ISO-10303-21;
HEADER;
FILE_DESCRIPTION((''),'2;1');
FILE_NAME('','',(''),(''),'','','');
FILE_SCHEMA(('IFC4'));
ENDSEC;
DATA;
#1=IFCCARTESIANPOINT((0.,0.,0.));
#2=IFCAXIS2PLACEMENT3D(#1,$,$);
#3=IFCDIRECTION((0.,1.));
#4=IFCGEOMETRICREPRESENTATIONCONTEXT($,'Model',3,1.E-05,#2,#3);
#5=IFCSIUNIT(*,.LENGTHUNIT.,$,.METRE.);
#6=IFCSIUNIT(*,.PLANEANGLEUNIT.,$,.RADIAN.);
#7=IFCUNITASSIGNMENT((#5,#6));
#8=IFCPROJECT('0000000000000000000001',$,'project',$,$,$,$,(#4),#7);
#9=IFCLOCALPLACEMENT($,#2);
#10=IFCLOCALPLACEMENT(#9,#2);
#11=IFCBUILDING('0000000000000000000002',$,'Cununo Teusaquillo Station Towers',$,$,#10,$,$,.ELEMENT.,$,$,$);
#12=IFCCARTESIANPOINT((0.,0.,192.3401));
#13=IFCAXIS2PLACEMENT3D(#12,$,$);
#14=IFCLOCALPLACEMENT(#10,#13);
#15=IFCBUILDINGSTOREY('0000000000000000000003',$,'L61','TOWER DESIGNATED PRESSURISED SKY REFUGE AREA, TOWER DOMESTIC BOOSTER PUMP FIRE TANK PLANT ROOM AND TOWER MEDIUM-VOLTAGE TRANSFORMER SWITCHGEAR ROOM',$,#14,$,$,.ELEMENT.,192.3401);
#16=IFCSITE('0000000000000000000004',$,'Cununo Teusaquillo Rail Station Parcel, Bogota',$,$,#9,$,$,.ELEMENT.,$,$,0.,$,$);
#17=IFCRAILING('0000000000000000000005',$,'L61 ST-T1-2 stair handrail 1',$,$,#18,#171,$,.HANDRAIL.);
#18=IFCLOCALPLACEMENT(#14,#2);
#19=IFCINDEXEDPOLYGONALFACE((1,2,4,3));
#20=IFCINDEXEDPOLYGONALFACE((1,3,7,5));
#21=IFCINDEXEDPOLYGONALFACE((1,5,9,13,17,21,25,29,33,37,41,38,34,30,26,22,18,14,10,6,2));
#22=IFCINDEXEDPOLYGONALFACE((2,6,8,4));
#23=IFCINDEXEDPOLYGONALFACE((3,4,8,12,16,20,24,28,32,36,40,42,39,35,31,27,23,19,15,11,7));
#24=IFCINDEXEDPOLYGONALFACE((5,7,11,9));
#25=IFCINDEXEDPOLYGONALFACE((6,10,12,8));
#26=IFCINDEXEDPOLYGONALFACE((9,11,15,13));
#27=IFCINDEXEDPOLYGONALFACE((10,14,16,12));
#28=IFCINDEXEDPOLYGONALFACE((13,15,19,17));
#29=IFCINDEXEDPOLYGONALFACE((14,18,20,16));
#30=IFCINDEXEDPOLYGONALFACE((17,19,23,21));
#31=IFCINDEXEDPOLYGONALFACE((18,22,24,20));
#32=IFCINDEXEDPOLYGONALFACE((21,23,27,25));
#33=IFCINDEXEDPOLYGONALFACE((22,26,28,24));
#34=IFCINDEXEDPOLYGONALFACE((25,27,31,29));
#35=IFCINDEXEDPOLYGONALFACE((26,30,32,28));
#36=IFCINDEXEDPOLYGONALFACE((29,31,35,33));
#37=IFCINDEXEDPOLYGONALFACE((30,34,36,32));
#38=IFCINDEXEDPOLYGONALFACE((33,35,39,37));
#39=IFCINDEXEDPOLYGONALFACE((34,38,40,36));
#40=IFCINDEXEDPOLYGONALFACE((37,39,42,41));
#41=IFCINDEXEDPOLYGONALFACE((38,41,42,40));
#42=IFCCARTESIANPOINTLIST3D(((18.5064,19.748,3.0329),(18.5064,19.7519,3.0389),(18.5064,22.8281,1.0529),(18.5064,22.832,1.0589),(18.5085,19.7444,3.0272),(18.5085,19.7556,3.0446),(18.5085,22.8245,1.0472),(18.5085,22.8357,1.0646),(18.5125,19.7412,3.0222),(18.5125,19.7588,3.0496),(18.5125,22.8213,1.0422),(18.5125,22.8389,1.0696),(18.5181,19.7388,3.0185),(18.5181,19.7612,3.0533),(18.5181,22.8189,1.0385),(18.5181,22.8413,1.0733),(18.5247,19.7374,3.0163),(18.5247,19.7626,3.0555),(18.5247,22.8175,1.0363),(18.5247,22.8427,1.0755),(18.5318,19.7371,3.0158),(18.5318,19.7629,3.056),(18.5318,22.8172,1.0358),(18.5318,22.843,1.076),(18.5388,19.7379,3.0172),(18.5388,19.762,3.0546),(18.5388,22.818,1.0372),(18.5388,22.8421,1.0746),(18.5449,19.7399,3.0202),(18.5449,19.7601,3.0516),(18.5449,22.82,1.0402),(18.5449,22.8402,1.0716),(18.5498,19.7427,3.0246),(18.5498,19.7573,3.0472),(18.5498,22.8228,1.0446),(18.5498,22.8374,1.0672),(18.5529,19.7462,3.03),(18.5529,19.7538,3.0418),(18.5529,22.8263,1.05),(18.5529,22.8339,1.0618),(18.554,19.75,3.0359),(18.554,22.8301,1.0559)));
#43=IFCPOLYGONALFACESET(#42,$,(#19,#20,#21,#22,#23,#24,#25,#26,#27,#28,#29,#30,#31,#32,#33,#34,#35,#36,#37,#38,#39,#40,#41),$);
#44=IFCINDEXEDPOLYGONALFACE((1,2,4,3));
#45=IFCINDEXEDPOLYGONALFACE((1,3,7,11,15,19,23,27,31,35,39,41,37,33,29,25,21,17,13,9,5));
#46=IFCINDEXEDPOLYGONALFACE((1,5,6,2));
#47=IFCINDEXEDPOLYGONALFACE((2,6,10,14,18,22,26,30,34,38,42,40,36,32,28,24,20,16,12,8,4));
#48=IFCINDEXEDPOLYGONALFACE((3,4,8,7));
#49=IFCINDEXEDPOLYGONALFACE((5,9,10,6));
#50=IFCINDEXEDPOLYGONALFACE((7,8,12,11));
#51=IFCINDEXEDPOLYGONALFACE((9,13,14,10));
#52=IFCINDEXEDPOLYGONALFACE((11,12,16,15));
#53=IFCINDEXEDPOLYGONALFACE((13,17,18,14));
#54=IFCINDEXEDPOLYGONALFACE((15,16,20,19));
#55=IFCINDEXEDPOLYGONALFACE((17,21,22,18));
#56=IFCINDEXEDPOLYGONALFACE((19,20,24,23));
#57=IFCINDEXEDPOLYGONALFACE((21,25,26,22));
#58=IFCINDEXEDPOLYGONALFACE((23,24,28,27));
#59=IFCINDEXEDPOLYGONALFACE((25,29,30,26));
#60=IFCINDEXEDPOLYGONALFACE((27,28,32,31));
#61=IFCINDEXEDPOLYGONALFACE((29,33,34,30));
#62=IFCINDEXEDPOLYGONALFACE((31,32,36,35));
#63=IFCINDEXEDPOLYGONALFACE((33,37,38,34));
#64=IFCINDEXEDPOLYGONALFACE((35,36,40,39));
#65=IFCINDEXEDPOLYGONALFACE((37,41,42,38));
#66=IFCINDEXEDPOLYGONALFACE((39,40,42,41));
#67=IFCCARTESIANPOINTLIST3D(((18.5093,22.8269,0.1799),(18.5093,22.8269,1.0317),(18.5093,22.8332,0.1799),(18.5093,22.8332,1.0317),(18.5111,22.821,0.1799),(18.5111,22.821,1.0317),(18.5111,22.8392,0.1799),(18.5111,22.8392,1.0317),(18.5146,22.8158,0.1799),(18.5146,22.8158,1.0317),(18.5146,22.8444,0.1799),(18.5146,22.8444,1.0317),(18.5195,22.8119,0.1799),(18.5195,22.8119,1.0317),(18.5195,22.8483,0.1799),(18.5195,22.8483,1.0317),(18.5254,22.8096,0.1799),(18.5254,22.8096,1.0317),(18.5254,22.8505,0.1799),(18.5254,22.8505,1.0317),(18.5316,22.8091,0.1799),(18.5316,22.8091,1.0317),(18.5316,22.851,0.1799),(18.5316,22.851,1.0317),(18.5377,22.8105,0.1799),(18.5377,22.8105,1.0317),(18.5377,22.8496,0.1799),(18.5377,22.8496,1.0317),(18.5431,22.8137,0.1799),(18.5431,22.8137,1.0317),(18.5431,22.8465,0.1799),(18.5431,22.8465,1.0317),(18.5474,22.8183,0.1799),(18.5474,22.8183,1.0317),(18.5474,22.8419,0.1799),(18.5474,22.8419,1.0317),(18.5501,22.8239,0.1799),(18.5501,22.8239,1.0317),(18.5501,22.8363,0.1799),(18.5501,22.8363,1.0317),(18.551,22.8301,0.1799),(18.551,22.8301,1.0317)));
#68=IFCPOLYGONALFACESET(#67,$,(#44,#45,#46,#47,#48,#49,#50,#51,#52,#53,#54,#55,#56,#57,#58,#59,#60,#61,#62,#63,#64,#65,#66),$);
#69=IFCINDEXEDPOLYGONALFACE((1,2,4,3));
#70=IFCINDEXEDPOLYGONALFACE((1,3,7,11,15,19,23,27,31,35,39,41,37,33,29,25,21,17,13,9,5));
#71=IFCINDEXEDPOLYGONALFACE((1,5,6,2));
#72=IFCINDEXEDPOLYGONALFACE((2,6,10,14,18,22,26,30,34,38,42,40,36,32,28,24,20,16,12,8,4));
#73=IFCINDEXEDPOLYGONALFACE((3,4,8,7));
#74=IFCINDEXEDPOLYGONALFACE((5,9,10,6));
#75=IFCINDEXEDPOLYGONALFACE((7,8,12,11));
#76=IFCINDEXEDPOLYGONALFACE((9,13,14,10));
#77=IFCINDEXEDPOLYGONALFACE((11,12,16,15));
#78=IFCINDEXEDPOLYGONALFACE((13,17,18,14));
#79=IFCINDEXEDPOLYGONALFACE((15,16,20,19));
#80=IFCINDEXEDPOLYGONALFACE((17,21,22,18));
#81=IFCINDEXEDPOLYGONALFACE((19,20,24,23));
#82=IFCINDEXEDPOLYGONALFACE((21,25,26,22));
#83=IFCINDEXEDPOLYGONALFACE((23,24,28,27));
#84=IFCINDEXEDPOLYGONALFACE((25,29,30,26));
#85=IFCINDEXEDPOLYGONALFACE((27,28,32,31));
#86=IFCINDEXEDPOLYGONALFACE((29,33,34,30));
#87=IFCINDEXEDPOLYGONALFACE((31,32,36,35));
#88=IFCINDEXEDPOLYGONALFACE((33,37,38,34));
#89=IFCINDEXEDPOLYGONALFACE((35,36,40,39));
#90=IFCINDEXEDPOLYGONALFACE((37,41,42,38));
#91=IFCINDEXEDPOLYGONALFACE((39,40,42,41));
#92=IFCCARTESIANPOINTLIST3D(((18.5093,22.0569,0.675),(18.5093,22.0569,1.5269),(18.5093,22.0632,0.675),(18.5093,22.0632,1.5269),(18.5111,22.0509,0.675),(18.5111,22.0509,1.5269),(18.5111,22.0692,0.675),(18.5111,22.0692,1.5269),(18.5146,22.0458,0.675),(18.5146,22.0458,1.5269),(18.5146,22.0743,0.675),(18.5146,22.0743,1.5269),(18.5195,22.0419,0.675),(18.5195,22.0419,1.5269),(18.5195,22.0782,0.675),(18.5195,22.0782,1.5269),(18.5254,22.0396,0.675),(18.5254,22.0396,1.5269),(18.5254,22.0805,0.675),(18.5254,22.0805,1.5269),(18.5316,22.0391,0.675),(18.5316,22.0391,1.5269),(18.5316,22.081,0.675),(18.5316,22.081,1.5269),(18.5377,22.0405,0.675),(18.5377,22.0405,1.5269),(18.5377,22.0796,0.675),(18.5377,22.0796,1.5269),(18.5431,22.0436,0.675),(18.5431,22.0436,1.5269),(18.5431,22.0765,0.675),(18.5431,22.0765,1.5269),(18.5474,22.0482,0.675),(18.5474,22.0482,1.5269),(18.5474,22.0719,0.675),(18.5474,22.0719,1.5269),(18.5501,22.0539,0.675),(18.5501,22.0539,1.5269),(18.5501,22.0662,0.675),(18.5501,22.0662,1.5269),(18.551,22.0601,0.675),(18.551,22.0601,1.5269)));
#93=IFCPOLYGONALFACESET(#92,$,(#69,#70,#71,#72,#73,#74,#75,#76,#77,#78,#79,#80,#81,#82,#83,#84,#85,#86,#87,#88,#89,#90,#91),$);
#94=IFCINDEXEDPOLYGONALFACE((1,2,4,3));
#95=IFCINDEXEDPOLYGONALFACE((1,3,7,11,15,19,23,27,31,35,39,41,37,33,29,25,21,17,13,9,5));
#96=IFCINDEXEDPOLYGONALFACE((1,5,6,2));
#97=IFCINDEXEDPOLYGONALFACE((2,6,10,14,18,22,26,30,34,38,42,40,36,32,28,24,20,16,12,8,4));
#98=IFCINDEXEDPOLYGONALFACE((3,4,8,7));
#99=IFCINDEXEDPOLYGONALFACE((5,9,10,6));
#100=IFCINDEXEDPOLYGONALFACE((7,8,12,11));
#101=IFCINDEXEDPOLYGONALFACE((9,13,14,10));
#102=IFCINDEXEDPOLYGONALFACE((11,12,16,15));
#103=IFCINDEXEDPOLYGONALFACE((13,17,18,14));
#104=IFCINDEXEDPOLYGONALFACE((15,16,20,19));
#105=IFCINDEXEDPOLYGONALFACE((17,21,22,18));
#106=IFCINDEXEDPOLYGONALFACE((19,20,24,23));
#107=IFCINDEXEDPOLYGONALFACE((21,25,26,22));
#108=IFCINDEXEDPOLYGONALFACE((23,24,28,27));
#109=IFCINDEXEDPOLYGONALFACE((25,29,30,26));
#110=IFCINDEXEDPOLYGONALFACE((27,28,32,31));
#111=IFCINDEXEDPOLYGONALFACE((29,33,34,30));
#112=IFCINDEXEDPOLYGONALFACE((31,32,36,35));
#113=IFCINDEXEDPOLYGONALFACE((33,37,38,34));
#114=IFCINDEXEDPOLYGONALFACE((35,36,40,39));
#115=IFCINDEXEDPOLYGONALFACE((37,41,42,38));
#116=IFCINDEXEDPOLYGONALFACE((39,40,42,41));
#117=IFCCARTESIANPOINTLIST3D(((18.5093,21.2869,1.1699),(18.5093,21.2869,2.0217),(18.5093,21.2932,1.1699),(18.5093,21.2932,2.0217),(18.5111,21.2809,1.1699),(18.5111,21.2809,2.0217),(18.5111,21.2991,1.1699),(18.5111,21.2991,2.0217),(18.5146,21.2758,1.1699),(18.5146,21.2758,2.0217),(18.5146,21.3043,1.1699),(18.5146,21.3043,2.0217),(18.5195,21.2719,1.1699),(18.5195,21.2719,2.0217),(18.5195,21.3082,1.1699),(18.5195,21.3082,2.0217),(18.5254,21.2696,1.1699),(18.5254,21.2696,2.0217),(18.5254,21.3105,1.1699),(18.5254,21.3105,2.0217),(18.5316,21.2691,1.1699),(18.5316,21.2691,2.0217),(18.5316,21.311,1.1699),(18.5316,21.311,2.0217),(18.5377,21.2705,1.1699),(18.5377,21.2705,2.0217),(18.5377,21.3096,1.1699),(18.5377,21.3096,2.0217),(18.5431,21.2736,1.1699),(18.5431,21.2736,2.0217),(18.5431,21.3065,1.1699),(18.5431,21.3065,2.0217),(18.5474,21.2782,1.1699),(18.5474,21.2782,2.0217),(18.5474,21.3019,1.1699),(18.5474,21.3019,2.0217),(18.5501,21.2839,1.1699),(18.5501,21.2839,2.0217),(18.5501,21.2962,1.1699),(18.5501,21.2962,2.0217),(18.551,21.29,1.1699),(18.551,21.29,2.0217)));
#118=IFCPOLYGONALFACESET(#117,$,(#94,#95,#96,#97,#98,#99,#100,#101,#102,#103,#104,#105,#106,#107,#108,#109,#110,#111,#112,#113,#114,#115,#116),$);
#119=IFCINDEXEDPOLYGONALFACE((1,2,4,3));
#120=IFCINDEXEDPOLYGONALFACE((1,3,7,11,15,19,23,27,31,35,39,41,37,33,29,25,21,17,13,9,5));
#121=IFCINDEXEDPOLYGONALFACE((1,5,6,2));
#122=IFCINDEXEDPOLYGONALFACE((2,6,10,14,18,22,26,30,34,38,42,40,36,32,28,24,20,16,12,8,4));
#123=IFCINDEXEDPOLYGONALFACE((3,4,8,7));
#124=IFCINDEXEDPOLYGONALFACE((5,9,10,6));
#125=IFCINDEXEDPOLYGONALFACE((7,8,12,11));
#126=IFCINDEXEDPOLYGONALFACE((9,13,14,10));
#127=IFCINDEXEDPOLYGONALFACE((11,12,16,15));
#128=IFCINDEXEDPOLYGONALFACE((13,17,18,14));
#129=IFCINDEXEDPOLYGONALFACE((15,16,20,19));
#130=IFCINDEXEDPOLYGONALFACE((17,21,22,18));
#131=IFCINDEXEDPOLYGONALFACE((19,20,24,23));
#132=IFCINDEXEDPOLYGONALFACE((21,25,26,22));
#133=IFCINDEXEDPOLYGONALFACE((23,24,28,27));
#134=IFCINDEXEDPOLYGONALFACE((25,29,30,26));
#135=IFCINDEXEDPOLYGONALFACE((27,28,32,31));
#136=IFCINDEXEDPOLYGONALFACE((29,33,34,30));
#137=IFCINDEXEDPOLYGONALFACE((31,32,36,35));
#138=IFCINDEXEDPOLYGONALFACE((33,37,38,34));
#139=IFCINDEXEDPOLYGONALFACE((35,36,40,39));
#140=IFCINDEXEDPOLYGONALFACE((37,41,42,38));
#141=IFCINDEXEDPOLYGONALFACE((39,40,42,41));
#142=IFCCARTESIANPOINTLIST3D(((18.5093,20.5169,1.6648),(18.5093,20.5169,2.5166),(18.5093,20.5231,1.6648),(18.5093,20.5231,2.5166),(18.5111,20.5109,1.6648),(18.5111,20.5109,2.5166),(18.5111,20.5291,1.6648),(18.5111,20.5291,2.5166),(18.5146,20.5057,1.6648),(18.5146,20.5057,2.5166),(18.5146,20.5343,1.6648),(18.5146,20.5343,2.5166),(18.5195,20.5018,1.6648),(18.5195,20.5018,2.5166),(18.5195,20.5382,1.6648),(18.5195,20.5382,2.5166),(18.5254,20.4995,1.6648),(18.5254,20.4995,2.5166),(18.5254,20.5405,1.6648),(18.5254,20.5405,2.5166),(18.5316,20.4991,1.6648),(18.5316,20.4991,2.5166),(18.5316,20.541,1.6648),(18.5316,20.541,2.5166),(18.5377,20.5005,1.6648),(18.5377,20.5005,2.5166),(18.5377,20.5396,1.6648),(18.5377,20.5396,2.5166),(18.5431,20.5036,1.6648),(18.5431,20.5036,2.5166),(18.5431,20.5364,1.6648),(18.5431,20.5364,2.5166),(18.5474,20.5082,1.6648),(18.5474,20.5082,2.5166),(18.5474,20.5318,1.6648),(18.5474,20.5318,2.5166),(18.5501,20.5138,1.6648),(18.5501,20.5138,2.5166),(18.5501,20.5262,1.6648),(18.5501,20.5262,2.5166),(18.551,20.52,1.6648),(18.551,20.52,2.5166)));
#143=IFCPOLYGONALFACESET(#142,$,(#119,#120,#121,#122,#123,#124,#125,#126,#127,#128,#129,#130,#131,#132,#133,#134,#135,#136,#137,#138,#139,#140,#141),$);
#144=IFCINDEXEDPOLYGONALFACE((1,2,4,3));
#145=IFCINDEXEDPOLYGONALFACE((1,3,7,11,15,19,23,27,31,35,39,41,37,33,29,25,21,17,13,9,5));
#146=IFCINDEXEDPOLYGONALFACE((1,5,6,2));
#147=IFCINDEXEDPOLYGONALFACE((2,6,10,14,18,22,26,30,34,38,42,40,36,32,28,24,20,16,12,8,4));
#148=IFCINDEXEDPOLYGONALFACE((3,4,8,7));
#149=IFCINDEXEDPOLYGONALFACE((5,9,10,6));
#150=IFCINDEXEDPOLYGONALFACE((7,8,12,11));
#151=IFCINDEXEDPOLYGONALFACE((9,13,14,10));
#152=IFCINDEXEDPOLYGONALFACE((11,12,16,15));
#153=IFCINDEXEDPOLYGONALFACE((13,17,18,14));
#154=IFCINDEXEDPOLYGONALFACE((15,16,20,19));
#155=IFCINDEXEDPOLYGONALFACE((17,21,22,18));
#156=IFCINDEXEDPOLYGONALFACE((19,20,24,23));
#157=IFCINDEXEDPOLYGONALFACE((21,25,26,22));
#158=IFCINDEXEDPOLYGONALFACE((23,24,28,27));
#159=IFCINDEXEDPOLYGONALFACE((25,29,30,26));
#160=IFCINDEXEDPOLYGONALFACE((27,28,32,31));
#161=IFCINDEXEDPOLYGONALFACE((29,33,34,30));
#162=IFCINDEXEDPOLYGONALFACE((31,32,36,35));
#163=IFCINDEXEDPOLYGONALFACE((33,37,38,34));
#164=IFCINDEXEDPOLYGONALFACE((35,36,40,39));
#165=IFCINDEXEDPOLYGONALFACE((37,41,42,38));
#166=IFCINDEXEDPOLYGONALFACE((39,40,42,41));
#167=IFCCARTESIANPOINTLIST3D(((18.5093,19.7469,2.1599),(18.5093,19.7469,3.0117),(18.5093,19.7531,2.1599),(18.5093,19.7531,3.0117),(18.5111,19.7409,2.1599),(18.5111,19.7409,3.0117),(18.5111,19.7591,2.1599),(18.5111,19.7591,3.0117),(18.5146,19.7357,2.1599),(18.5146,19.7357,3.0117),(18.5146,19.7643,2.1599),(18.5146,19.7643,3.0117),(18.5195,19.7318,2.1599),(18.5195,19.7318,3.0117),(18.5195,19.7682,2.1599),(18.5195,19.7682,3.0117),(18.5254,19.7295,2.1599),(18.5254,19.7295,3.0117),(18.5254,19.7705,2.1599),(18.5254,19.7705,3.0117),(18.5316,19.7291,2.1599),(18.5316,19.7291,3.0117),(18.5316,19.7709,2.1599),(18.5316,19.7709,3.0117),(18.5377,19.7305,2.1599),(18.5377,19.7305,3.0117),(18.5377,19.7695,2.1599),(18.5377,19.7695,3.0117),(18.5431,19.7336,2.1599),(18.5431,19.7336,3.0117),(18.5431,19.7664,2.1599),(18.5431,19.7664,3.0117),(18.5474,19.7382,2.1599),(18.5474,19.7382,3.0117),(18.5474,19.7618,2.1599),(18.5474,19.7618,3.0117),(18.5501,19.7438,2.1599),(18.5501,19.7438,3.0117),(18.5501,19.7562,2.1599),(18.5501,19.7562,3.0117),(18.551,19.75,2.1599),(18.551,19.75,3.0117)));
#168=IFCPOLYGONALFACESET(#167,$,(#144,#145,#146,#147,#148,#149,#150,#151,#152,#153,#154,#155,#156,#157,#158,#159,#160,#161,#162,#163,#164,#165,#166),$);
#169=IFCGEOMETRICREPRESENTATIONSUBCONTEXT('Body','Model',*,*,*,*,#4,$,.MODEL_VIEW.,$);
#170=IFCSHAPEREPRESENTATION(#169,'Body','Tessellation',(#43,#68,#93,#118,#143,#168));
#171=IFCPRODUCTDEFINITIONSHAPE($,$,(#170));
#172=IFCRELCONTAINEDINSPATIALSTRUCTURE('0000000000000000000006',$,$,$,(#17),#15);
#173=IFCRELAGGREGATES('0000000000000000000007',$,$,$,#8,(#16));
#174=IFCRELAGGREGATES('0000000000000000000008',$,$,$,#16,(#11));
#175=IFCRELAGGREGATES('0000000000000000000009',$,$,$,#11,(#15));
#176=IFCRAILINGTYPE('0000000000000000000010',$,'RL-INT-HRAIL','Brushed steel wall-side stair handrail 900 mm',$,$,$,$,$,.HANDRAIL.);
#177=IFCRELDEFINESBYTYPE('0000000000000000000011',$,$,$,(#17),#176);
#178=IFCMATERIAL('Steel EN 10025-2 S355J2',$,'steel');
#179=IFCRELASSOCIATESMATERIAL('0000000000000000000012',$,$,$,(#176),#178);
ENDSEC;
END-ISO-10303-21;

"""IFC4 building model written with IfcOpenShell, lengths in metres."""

from ifc_helpers import new_model, si_unit, direction, frame, origin, origin_2d, place, context, subcontext, project, spatial, circle, extrude, material, type_object, element, save


model = new_model("IFC4")

# Units and contexts
model_context = context("Model", 3, precision=1e-05, world=origin(), true_north=direction((0.0, 1.0)))
body_context = subcontext(model_context, "Body", "Model", "MODEL_VIEW")
ifc_project = project(units=[si_unit("LENGTHUNIT", "METRE"), si_unit("PLANEANGLEUNIT", "RADIAN")], contexts=[model_context])

# Site, building, storey
site_placement = place(None, origin())
site = spatial("IfcSite", under=ifc_project, at=site_placement, Name="Cununo Teusaquillo Rail Station Parcel, Bogota", CompositionType="ELEMENT", RefElevation=0.0)
building_placement = place(site_placement, origin())
building = spatial("IfcBuilding", under=site, at=building_placement, Name="Cununo Teusaquillo Station Towers", CompositionType="ELEMENT")
storey_placement = place(building_placement, frame((0.0, 0.0, 192.3401)))
storey = spatial("IfcBuildingStorey", under=building, at=storey_placement, Name="L61", Description="TOWER DESIGNATED PRESSURISED SKY REFUGE AREA, TOWER DOMESTIC BOOSTER PUMP FIRE TANK PLANT ROOM AND TOWER MEDIUM-VOLTAGE TRANSFORMER SWITCHGEAR ROOM", CompositionType="ELEMENT", Elevation=192.3401)

# Railing
ifc_material_1 = material(Name="Steel EN 10025-2 S355J2", Category="steel")
railing_type_1 = type_object("IfcRailingType", Name="RL-INT-HRAIL", Description="Brushed steel wall-side stair handrail 900 mm", PredefinedType="HANDRAIL", material=ifc_material_1)
railing_1_placement = place(storey_placement, frame((18.53, 22.8301, 0.1799)))
element("IfcRailing", 1, at=railing_1_placement, inside=storey, type_object=railing_type_1, Name="L61 ST-T1-2 stair handrail 1", PredefinedType="HANDRAIL", context=body_context, shape_type="SweptSolid", body=[
    extrude(circle(Radius=0.0239, at=origin_2d()), frame((0.0, 0.0, 0.876), z_axis=(0.0, -0.841187, 0.540744), x_axis=(1.0, 0.0, 0.0)), (0.0, 0.0, 1.0), 3.6616),
    extrude(circle(Radius=0.021, at=origin_2d()), origin(), (0.0, 0.0, 1.0), 0.8518),
    extrude(circle(Radius=0.021, at=origin_2d()), frame((0.0, -0.77, 0.4951)), (0.0, 0.0, 1.0), 0.8518),
    extrude(circle(Radius=0.021, at=origin_2d()), frame((0.0, -1.54, 0.99)), (0.0, 0.0, 1.0), 0.8518),
    extrude(circle(Radius=0.021, at=origin_2d()), frame((0.0, -2.3101, 1.4849)), (0.0, 0.0, 1.0), 0.8518),
    extrude(circle(Radius=0.021, at=origin_2d()), frame((0.0, -3.0801, 1.98)), (0.0, 0.0, 1.0), 0.8518),
])

save(model, "model.ifc")
